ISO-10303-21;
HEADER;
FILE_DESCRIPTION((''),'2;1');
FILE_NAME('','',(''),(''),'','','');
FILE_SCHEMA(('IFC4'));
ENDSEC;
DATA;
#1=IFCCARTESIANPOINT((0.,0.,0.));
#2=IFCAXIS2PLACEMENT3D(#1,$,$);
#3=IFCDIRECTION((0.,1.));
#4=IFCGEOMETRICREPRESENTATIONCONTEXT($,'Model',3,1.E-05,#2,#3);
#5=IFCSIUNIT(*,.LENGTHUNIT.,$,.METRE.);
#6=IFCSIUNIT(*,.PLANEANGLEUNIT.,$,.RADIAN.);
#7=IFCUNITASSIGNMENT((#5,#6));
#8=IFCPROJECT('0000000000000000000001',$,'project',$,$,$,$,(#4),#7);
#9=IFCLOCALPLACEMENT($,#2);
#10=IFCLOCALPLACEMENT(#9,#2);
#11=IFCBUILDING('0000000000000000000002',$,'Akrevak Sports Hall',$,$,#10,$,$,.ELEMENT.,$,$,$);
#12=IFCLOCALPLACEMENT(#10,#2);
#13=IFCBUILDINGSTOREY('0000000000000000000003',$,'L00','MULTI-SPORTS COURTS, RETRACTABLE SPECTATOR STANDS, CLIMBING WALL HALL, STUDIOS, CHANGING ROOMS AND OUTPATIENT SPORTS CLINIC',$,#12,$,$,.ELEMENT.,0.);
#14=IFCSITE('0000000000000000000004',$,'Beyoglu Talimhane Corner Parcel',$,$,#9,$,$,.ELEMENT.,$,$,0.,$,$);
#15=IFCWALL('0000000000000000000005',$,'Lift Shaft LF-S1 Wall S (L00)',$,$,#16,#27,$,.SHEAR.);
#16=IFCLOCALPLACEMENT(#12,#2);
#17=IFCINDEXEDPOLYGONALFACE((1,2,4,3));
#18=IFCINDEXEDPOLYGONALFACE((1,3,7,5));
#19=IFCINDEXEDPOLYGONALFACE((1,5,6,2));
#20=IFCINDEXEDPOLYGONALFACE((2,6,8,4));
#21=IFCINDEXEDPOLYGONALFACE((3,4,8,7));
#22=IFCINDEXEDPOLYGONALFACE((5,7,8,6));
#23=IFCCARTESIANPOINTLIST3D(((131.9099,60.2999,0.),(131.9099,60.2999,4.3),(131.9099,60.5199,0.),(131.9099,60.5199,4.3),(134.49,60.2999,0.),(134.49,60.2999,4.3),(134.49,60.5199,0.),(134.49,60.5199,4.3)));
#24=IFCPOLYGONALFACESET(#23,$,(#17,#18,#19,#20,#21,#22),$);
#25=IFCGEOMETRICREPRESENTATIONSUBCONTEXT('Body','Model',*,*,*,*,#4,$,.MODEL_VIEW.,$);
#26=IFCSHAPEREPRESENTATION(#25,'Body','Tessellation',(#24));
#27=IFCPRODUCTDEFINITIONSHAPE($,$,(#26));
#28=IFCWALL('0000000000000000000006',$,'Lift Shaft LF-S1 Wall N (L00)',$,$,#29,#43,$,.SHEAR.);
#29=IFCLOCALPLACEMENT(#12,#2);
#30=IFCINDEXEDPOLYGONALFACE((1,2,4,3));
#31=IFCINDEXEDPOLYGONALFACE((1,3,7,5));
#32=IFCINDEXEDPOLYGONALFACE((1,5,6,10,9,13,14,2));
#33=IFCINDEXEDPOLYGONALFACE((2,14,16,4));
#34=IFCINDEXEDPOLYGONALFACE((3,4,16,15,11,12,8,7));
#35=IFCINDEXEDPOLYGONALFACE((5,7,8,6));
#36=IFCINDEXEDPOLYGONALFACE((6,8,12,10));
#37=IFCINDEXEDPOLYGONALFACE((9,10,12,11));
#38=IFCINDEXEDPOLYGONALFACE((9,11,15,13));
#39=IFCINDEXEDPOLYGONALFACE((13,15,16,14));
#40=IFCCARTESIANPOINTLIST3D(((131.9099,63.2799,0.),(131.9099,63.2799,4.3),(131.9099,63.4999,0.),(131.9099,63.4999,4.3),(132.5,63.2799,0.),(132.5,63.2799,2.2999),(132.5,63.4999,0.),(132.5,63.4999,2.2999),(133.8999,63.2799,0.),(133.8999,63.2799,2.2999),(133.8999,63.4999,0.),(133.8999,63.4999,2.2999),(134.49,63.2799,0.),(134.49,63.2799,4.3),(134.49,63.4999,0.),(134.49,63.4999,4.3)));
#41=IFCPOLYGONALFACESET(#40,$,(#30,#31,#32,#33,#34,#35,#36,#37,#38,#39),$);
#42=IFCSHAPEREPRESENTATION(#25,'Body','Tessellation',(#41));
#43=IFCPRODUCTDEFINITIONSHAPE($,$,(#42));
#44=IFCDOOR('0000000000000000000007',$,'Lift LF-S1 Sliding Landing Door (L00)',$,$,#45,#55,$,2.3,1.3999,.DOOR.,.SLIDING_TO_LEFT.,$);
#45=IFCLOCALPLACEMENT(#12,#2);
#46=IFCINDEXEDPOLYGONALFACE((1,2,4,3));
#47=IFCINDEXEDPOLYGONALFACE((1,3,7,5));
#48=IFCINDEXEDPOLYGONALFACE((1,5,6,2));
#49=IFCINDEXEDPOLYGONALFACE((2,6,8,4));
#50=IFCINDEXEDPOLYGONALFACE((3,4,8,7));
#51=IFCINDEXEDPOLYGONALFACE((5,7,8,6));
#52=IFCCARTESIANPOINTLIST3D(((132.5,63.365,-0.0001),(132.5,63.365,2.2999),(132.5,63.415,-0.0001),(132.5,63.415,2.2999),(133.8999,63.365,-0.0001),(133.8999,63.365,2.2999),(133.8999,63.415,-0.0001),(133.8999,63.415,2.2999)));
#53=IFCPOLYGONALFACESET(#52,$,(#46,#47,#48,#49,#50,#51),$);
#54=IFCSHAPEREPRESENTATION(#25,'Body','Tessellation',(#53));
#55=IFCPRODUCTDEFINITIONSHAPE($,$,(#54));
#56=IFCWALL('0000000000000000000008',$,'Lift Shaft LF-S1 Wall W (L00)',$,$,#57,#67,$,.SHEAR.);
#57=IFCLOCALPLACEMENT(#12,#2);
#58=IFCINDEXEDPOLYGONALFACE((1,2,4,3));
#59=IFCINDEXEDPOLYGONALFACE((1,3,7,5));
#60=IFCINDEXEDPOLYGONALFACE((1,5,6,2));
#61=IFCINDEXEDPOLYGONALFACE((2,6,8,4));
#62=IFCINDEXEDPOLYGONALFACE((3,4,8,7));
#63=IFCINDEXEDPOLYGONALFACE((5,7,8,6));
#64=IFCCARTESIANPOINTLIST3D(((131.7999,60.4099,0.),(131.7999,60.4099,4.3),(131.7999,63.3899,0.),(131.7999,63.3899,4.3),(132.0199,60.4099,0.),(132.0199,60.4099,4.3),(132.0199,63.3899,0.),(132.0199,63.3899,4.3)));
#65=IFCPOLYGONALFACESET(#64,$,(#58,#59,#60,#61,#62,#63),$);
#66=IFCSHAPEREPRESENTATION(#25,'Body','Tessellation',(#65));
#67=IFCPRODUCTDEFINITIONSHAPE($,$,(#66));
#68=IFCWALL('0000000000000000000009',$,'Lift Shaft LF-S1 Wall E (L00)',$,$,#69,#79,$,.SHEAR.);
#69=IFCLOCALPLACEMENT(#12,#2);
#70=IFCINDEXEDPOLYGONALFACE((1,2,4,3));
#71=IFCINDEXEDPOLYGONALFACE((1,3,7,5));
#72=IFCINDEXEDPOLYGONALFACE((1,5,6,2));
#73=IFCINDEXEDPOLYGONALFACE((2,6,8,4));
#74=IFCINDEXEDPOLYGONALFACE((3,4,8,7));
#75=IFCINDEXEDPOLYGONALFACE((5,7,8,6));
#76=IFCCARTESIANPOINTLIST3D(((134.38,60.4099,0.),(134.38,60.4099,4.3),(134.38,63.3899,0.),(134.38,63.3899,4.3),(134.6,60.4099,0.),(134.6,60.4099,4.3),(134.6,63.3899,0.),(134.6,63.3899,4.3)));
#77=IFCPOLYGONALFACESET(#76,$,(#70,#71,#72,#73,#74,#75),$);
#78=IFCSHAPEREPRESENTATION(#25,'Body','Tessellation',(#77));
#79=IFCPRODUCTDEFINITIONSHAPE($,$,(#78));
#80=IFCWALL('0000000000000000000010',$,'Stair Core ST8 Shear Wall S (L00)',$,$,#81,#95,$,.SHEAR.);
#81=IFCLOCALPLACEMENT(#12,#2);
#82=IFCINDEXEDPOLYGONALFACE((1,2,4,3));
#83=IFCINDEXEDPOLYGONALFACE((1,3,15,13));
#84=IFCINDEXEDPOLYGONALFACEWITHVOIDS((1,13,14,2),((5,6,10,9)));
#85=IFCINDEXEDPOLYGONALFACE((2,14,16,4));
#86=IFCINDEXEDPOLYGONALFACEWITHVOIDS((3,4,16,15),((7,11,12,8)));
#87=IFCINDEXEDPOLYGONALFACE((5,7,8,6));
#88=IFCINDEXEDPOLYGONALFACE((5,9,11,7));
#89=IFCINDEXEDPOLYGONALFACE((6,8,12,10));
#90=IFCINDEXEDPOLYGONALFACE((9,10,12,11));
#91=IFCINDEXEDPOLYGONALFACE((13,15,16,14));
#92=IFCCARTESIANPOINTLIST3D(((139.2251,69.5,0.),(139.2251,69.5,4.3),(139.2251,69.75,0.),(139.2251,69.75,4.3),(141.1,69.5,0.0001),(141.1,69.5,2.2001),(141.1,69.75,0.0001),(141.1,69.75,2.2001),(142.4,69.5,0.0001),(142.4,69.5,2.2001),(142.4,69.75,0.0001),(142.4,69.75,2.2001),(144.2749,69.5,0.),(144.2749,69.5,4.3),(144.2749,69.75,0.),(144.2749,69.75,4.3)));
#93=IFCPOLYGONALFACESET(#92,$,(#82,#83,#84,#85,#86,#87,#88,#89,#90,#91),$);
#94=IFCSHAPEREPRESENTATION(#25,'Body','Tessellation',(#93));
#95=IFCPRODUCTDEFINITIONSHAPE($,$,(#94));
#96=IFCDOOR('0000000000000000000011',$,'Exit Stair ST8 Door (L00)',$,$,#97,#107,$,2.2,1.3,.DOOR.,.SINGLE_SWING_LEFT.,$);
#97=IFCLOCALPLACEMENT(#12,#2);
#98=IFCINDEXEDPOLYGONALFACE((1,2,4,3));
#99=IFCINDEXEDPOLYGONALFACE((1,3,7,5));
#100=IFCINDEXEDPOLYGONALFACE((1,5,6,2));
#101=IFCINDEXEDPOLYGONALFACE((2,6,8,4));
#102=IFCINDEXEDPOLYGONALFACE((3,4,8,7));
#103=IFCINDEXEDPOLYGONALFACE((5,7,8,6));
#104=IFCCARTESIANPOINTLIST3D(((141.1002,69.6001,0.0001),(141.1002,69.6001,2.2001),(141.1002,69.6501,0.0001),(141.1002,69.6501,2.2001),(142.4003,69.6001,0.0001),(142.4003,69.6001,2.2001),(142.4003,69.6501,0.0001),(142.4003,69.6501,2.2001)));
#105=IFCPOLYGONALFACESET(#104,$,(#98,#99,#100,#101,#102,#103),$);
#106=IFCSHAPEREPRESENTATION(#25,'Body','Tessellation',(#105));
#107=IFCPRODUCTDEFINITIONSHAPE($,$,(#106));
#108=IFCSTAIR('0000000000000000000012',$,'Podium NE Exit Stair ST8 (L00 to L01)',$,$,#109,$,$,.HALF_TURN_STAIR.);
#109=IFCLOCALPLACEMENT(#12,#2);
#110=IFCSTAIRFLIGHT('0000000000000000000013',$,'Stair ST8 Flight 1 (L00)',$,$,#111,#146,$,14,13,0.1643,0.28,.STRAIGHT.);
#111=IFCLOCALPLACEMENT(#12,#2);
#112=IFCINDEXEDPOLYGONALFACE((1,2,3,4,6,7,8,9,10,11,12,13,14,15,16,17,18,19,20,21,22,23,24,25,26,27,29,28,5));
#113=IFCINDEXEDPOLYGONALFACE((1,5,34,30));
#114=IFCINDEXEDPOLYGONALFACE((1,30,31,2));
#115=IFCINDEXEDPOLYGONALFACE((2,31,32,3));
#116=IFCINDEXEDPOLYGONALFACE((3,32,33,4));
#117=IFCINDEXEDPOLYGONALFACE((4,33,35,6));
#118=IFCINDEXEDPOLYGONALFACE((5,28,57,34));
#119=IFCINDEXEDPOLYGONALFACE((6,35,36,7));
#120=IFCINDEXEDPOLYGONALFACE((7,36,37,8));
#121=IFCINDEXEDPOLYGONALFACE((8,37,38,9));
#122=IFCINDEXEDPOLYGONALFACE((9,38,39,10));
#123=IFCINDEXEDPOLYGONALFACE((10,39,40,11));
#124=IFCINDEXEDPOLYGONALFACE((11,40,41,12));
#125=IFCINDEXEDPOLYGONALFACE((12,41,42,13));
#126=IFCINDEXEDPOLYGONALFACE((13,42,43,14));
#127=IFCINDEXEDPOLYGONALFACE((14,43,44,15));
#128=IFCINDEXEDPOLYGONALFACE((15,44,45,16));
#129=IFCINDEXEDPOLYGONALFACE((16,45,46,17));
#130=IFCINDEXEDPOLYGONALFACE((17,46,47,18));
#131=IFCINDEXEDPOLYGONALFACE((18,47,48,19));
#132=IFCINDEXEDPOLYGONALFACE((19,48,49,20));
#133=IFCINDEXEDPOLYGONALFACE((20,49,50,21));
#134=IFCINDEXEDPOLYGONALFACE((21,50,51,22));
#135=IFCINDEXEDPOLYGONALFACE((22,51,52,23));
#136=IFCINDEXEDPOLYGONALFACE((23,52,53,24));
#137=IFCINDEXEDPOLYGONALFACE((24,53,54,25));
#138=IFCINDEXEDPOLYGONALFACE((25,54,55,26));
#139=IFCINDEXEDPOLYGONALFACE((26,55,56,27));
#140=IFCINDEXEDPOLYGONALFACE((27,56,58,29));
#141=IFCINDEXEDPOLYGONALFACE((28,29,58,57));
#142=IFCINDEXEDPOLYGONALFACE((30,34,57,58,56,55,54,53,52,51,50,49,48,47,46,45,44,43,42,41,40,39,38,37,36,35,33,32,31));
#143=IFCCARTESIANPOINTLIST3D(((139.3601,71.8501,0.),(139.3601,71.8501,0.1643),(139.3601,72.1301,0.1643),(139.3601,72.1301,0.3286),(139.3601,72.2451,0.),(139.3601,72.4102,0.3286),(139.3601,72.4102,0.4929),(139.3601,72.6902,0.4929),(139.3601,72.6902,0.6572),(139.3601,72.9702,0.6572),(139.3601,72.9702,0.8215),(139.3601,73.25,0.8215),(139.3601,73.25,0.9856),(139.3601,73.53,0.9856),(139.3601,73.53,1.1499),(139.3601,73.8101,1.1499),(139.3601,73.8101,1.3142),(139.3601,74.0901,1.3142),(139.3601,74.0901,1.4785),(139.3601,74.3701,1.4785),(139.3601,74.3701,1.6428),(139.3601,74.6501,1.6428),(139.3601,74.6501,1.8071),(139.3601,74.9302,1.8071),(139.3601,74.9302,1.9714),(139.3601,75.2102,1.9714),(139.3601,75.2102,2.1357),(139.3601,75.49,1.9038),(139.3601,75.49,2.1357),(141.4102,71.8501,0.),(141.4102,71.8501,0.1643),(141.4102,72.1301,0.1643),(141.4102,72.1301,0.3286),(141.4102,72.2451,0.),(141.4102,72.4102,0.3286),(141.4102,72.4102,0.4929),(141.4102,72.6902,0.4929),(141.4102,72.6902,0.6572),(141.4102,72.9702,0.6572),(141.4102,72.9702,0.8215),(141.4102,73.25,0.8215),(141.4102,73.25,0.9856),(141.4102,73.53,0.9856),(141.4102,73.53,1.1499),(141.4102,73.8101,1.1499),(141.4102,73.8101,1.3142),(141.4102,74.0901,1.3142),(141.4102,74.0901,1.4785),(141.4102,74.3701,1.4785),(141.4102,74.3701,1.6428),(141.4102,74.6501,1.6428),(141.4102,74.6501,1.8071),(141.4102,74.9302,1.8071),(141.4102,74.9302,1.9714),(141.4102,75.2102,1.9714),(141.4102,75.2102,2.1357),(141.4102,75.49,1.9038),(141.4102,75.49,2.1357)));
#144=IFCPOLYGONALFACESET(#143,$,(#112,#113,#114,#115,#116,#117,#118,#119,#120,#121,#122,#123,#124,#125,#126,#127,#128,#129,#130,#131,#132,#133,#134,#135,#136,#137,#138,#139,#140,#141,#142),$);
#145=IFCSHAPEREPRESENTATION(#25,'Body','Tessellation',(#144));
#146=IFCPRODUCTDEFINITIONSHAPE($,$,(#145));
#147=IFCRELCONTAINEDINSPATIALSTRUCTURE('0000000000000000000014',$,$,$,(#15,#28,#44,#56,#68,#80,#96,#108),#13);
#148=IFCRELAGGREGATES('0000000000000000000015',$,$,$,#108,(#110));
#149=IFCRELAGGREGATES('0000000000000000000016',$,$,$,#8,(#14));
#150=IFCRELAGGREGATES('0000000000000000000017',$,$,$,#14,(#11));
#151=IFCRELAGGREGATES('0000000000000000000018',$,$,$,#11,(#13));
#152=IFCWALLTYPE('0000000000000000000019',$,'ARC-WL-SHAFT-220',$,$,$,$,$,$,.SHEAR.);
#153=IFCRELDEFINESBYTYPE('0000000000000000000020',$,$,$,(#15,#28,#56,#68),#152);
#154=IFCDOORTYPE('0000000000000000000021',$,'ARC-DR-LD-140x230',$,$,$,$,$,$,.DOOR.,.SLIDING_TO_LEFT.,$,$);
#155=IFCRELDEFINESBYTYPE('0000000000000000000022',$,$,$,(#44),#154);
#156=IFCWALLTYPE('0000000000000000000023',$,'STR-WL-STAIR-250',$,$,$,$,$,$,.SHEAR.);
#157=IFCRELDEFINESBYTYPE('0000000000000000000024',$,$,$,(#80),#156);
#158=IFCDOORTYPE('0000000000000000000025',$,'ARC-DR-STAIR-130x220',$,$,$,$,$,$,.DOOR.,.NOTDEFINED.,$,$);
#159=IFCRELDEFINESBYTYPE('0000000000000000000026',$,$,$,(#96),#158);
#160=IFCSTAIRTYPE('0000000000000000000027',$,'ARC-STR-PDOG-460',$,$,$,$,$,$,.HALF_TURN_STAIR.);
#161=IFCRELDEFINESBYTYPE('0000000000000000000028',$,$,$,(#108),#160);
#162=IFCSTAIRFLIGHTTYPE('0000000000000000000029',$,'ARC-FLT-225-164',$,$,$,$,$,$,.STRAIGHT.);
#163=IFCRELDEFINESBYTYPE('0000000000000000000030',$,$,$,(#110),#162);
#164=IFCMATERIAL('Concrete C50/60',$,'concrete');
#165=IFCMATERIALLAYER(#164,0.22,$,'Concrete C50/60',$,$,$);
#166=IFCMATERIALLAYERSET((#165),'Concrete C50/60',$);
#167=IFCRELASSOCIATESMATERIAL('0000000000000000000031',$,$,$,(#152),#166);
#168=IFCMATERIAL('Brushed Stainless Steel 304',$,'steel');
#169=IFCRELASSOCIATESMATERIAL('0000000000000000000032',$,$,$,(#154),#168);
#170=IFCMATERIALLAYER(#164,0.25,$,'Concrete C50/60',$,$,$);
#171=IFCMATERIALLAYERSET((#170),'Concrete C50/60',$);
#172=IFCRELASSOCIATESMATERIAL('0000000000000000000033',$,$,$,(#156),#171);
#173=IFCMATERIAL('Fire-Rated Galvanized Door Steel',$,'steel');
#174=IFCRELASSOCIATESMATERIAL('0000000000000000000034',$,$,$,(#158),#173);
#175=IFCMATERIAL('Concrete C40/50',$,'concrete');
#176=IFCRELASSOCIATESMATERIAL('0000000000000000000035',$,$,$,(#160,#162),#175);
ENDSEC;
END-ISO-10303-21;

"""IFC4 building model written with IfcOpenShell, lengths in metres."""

from ifc_helpers import new_model, si_unit, direction, frame, frame_2d, origin, place, context, subcontext, project, spatial, polyline, rectangle, outline, extrude, material, layer, layer_set, type_object, element, fill, aggregate, save


model = new_model("IFC4")

# Units and contexts
model_context = context("Model", 3, precision=1e-05, world=origin(), true_north=direction((0.0, 1.0)))
body_context = subcontext(model_context, "Body", "Model", "MODEL_VIEW")
ifc_project = project(units=[si_unit("LENGTHUNIT", "METRE"), si_unit("PLANEANGLEUNIT", "RADIAN")], contexts=[model_context])

# Site, building, storey
site_placement = place(None, origin())
site = spatial("IfcSite", under=ifc_project, at=site_placement, Name="Beyoglu Talimhane Corner Parcel", CompositionType="ELEMENT", RefElevation=0.0)
building_placement = place(site_placement, origin())
building = spatial("IfcBuilding", under=site, at=building_placement, Name="Akrevak Sports Hall", CompositionType="ELEMENT")
storey_placement = place(building_placement, origin())
storey = spatial("IfcBuildingStorey", under=building, at=storey_placement, Name="L00", Description="MULTI-SPORTS COURTS, RETRACTABLE SPECTATOR STANDS, CLIMBING WALL HALL, STUDIOS, CHANGING ROOMS AND OUTPATIENT SPORTS CLINIC", CompositionType="ELEMENT", Elevation=0.0)

# Shared definitions
ifc_material_1 = material(Name="Concrete C40/50", Category="concrete")

# Shared definitions
ifc_material_2 = material(Name="Concrete C50/60", Category="concrete")

# Wall
ifc_layer_1 = layer(ifc_material_2, 0.22, Name="Concrete C50/60")
ifc_layer_set_1 = layer_set([ifc_layer_1], Name="Concrete C50/60")
wall_type_1 = type_object("IfcWallType", Name="ARC-WL-SHAFT-220", PredefinedType="SHEAR", material=ifc_layer_set_1)
wall_1_placement = place(storey_placement, frame((131.9099, 60.4099, 0.0), z_axis=(0.0, 0.0, 1.0), x_axis=(1.0, 0.0, 0.0)))
element("IfcWall", 1, at=wall_1_placement, inside=storey, type_object=wall_type_1, Name="Lift Shaft LF-S1 Wall S (L00)", PredefinedType="SHEAR", context=body_context, shape_type="SweptSolid", body=[
    extrude(rectangle(XDim=2.5801, YDim=0.22, at=frame_2d((1.29, 0.0))), origin(), (0.0, 0.0, 1.0), 4.3),
])

# Wall, opening, door
wall_2_placement = place(storey_placement, frame((134.49, 63.3899, 0.0), z_axis=(0.0, 0.0, 1.0), x_axis=(-1.0, 0.0, 0.0)))
wall_2 = element("IfcWall", 2, at=wall_2_placement, inside=storey, type_object=wall_type_1, Name="Lift Shaft LF-S1 Wall N (L00)", PredefinedType="SHEAR", context=body_context, shape_type="SweptSolid", body=[
    extrude(rectangle(XDim=2.5801, YDim=0.22, at=frame_2d((1.29, 0.0))), origin(), (0.0, 0.0, 1.0), 4.3),
])
opening_1_placement = place(wall_2_placement, frame((0.5901, 0.0, 0.0)))
opening_1 = element("IfcOpeningElement", 3, at=opening_1_placement, cuts=wall_2, PredefinedType="OPENING", context=body_context, shape_type="SweptSolid", body=[
    extrude(rectangle(XDim=1.3999, YDim=2.3, at=frame_2d((0.7, 1.1499))), frame((0.0, 0.1221, 0.0), z_axis=(0.0, -1.0, 0.0), x_axis=(1.0, 0.0, 0.0)), (0.0, 0.0, 1.0), 0.2439),
])
ifc_material_3 = material(Name="Brushed Stainless Steel 304", Category="steel")
door_type_1 = type_object("IfcDoorType", Name="ARC-DR-LD-140x230", OperationType="SLIDING_TO_LEFT", PredefinedType="DOOR", material=ifc_material_3)
door_1_placement = place(opening_1_placement, origin())
door_1 = element("IfcDoor", 4, at=door_1_placement, inside=storey, type_object=door_type_1, Name="Lift LF-S1 Sliding Landing Door (L00)", OperationType="SLIDING_TO_LEFT", OverallHeight=2.3, OverallWidth=1.3999, PredefinedType="DOOR", context=body_context, shape_type="SweptSolid", body=[
    extrude(rectangle(XDim=1.3999, YDim=2.3, at=frame_2d((0.7, 1.1499))), frame((0.0, 0.0249, 0.0), z_axis=(0.0, -1.0, 0.0), x_axis=(1.0, 0.0, 0.0)), (0.0, 0.0, 1.0), 0.05),
])
fill(opening_1, door_1)

# Walls
for number, where, z_axis, x_axis, name in (
    (5, (131.9099, 63.3899, 0.0), (0.0, 0.0, 1.0), (0.0, -1.0, 0.0), "Lift Shaft LF-S1 Wall W (L00)"),
    (6, (134.49, 60.4099, 0.0), (0.0, 0.0, 1.0), (0.0, 1.0, 0.0), "Lift Shaft LF-S1 Wall E (L00)"),
):
    element("IfcWall", number, at=place(storey_placement, frame(where, z_axis=z_axis, x_axis=x_axis)), inside=storey, type_object=wall_type_1, Name=name, PredefinedType="SHEAR", context=body_context, shape_type="SweptSolid", body=[
        extrude(rectangle(XDim=2.98, YDim=0.22, at=frame_2d((1.49, 0.0))), origin(), (0.0, 0.0, 1.0), 4.3),
    ])

# Wall, opening, door
ifc_layer_2 = layer(ifc_material_2, 0.25, Name="Concrete C50/60")
ifc_layer_set_2 = layer_set([ifc_layer_2], Name="Concrete C50/60")
wall_type_2 = type_object("IfcWallType", Name="STR-WL-STAIR-250", PredefinedType="SHEAR", material=ifc_layer_set_2)
wall_3_placement = place(storey_placement, frame((139.2251, 69.625, 0.0), z_axis=(0.0, 0.0, 1.0), x_axis=(1.0, 0.0, 0.0)))
wall_3 = element("IfcWall", 7, at=wall_3_placement, inside=storey, type_object=wall_type_2, Name="Stair Core ST8 Shear Wall S (L00)", PredefinedType="SHEAR", context=body_context, shape_type="SweptSolid", body=[
    extrude(rectangle(XDim=5.0498, YDim=0.25, at=frame_2d((2.5249, 0.0))), origin(), (0.0, 0.0, 1.0), 4.3),
])
opening_2_placement = place(wall_3_placement, frame((1.875, 0.0, 0.0)))
opening_2 = element("IfcOpeningElement", 8, at=opening_2_placement, cuts=wall_3, PredefinedType="OPENING", context=body_context, shape_type="SweptSolid", body=[
    extrude(rectangle(XDim=1.3, YDim=2.2, at=frame_2d((0.6499, 1.1001))), frame((0.0, 0.137, 0.0), z_axis=(0.0, -1.0, 0.0), x_axis=(1.0, 0.0, 0.0)), (0.0, 0.0, 1.0), 0.2739),
])
ifc_material_4 = material(Name="Fire-Rated Galvanized Door Steel", Category="steel")
door_type_2 = type_object("IfcDoorType", Name="ARC-DR-STAIR-130x220", OperationType="NOTDEFINED", PredefinedType="DOOR", material=ifc_material_4)
door_2_placement = place(opening_2_placement, frame((1.3, 0.0, 0.0), z_axis=(0.0, 0.0, 1.0), x_axis=(-1.0, 0.0, 0.0)))
door_2 = element("IfcDoor", 9, at=door_2_placement, inside=storey, type_object=door_type_2, Name="Exit Stair ST8 Door (L00)", OperationType="SINGLE_SWING_LEFT", OverallHeight=2.2, OverallWidth=1.3, PredefinedType="DOOR", context=body_context, shape_type="SweptSolid", body=[
    extrude(rectangle(XDim=1.3, YDim=2.2, at=frame_2d((0.6499, 1.1001))), frame((0.0, 0.0249, 0.0), z_axis=(0.0, -1.0, 0.0), x_axis=(1.0, 0.0, 0.0)), (0.0, 0.0, 1.0), 0.05),
])
fill(opening_2, door_2)

# Stair, stair flight
stair_type = type_object("IfcStairType", Name="ARC-STR-PDOG-460", PredefinedType="HALF_TURN_STAIR", material=ifc_material_1)
stair_placement = place(storey_placement, origin())
stair = element("IfcStair", 10, at=stair_placement, inside=storey, type_object=stair_type, Name="Podium NE Exit Stair ST8 (L00 to L01)", PredefinedType="HALF_TURN_STAIR")
stair_flight_type = type_object("IfcStairFlightType", Name="ARC-FLT-225-164", PredefinedType="STRAIGHT", material=ifc_material_1)
stair_flight_placement = place(storey_placement, frame((140.385, 71.8501, 0.0), z_axis=(0.0, 0.0, 1.0), x_axis=(0.0, 1.0, 0.0)))
stair_flight = element("IfcStairFlight", 11, at=stair_flight_placement, type_object=stair_flight_type, Name="Stair ST8 Flight 1 (L00)", NumberOfRisers=14, NumberOfTreads=13, PredefinedType="STRAIGHT", RiserHeight=0.1643, TreadLength=0.28, context=body_context, shape_type="SweptSolid", body=[
    extrude(outline(polyline([(0.0, 0.0), (0.0, 0.1643), (0.28, 0.1643), (0.28, 0.3286), (0.5601, 0.3286), (0.5601, 0.4929), (0.8401, 0.4929), (0.8401, 0.6572), (1.1201, 0.6572), (1.1201, 0.8215), (1.3999, 0.8215), (1.3999, 0.9856), (1.6799, 0.9856), (1.6799, 1.1499), (1.96, 1.1499), (1.96, 1.3142), (2.24, 1.3142), (2.24, 1.4785), (2.52, 1.4785), (2.52, 1.6428), (2.8, 1.6428), (2.8, 1.8071), (3.0801, 1.8071), (3.0801, 1.9714), (3.3601, 1.9714), (3.3601, 2.1357), (3.6399, 2.1357), (3.6399, 2.3), (3.6399, 1.9038), (0.395, 0.0), (0.0, 0.0)])), frame((0.0, 1.0249, 0.0), z_axis=(0.0, -1.0, 0.0), x_axis=(1.0, 0.0, 0.0)), (0.0, 0.0, 1.0), 2.05),
])
aggregate(stair, [stair_flight])

save(model, "model.ifc")
